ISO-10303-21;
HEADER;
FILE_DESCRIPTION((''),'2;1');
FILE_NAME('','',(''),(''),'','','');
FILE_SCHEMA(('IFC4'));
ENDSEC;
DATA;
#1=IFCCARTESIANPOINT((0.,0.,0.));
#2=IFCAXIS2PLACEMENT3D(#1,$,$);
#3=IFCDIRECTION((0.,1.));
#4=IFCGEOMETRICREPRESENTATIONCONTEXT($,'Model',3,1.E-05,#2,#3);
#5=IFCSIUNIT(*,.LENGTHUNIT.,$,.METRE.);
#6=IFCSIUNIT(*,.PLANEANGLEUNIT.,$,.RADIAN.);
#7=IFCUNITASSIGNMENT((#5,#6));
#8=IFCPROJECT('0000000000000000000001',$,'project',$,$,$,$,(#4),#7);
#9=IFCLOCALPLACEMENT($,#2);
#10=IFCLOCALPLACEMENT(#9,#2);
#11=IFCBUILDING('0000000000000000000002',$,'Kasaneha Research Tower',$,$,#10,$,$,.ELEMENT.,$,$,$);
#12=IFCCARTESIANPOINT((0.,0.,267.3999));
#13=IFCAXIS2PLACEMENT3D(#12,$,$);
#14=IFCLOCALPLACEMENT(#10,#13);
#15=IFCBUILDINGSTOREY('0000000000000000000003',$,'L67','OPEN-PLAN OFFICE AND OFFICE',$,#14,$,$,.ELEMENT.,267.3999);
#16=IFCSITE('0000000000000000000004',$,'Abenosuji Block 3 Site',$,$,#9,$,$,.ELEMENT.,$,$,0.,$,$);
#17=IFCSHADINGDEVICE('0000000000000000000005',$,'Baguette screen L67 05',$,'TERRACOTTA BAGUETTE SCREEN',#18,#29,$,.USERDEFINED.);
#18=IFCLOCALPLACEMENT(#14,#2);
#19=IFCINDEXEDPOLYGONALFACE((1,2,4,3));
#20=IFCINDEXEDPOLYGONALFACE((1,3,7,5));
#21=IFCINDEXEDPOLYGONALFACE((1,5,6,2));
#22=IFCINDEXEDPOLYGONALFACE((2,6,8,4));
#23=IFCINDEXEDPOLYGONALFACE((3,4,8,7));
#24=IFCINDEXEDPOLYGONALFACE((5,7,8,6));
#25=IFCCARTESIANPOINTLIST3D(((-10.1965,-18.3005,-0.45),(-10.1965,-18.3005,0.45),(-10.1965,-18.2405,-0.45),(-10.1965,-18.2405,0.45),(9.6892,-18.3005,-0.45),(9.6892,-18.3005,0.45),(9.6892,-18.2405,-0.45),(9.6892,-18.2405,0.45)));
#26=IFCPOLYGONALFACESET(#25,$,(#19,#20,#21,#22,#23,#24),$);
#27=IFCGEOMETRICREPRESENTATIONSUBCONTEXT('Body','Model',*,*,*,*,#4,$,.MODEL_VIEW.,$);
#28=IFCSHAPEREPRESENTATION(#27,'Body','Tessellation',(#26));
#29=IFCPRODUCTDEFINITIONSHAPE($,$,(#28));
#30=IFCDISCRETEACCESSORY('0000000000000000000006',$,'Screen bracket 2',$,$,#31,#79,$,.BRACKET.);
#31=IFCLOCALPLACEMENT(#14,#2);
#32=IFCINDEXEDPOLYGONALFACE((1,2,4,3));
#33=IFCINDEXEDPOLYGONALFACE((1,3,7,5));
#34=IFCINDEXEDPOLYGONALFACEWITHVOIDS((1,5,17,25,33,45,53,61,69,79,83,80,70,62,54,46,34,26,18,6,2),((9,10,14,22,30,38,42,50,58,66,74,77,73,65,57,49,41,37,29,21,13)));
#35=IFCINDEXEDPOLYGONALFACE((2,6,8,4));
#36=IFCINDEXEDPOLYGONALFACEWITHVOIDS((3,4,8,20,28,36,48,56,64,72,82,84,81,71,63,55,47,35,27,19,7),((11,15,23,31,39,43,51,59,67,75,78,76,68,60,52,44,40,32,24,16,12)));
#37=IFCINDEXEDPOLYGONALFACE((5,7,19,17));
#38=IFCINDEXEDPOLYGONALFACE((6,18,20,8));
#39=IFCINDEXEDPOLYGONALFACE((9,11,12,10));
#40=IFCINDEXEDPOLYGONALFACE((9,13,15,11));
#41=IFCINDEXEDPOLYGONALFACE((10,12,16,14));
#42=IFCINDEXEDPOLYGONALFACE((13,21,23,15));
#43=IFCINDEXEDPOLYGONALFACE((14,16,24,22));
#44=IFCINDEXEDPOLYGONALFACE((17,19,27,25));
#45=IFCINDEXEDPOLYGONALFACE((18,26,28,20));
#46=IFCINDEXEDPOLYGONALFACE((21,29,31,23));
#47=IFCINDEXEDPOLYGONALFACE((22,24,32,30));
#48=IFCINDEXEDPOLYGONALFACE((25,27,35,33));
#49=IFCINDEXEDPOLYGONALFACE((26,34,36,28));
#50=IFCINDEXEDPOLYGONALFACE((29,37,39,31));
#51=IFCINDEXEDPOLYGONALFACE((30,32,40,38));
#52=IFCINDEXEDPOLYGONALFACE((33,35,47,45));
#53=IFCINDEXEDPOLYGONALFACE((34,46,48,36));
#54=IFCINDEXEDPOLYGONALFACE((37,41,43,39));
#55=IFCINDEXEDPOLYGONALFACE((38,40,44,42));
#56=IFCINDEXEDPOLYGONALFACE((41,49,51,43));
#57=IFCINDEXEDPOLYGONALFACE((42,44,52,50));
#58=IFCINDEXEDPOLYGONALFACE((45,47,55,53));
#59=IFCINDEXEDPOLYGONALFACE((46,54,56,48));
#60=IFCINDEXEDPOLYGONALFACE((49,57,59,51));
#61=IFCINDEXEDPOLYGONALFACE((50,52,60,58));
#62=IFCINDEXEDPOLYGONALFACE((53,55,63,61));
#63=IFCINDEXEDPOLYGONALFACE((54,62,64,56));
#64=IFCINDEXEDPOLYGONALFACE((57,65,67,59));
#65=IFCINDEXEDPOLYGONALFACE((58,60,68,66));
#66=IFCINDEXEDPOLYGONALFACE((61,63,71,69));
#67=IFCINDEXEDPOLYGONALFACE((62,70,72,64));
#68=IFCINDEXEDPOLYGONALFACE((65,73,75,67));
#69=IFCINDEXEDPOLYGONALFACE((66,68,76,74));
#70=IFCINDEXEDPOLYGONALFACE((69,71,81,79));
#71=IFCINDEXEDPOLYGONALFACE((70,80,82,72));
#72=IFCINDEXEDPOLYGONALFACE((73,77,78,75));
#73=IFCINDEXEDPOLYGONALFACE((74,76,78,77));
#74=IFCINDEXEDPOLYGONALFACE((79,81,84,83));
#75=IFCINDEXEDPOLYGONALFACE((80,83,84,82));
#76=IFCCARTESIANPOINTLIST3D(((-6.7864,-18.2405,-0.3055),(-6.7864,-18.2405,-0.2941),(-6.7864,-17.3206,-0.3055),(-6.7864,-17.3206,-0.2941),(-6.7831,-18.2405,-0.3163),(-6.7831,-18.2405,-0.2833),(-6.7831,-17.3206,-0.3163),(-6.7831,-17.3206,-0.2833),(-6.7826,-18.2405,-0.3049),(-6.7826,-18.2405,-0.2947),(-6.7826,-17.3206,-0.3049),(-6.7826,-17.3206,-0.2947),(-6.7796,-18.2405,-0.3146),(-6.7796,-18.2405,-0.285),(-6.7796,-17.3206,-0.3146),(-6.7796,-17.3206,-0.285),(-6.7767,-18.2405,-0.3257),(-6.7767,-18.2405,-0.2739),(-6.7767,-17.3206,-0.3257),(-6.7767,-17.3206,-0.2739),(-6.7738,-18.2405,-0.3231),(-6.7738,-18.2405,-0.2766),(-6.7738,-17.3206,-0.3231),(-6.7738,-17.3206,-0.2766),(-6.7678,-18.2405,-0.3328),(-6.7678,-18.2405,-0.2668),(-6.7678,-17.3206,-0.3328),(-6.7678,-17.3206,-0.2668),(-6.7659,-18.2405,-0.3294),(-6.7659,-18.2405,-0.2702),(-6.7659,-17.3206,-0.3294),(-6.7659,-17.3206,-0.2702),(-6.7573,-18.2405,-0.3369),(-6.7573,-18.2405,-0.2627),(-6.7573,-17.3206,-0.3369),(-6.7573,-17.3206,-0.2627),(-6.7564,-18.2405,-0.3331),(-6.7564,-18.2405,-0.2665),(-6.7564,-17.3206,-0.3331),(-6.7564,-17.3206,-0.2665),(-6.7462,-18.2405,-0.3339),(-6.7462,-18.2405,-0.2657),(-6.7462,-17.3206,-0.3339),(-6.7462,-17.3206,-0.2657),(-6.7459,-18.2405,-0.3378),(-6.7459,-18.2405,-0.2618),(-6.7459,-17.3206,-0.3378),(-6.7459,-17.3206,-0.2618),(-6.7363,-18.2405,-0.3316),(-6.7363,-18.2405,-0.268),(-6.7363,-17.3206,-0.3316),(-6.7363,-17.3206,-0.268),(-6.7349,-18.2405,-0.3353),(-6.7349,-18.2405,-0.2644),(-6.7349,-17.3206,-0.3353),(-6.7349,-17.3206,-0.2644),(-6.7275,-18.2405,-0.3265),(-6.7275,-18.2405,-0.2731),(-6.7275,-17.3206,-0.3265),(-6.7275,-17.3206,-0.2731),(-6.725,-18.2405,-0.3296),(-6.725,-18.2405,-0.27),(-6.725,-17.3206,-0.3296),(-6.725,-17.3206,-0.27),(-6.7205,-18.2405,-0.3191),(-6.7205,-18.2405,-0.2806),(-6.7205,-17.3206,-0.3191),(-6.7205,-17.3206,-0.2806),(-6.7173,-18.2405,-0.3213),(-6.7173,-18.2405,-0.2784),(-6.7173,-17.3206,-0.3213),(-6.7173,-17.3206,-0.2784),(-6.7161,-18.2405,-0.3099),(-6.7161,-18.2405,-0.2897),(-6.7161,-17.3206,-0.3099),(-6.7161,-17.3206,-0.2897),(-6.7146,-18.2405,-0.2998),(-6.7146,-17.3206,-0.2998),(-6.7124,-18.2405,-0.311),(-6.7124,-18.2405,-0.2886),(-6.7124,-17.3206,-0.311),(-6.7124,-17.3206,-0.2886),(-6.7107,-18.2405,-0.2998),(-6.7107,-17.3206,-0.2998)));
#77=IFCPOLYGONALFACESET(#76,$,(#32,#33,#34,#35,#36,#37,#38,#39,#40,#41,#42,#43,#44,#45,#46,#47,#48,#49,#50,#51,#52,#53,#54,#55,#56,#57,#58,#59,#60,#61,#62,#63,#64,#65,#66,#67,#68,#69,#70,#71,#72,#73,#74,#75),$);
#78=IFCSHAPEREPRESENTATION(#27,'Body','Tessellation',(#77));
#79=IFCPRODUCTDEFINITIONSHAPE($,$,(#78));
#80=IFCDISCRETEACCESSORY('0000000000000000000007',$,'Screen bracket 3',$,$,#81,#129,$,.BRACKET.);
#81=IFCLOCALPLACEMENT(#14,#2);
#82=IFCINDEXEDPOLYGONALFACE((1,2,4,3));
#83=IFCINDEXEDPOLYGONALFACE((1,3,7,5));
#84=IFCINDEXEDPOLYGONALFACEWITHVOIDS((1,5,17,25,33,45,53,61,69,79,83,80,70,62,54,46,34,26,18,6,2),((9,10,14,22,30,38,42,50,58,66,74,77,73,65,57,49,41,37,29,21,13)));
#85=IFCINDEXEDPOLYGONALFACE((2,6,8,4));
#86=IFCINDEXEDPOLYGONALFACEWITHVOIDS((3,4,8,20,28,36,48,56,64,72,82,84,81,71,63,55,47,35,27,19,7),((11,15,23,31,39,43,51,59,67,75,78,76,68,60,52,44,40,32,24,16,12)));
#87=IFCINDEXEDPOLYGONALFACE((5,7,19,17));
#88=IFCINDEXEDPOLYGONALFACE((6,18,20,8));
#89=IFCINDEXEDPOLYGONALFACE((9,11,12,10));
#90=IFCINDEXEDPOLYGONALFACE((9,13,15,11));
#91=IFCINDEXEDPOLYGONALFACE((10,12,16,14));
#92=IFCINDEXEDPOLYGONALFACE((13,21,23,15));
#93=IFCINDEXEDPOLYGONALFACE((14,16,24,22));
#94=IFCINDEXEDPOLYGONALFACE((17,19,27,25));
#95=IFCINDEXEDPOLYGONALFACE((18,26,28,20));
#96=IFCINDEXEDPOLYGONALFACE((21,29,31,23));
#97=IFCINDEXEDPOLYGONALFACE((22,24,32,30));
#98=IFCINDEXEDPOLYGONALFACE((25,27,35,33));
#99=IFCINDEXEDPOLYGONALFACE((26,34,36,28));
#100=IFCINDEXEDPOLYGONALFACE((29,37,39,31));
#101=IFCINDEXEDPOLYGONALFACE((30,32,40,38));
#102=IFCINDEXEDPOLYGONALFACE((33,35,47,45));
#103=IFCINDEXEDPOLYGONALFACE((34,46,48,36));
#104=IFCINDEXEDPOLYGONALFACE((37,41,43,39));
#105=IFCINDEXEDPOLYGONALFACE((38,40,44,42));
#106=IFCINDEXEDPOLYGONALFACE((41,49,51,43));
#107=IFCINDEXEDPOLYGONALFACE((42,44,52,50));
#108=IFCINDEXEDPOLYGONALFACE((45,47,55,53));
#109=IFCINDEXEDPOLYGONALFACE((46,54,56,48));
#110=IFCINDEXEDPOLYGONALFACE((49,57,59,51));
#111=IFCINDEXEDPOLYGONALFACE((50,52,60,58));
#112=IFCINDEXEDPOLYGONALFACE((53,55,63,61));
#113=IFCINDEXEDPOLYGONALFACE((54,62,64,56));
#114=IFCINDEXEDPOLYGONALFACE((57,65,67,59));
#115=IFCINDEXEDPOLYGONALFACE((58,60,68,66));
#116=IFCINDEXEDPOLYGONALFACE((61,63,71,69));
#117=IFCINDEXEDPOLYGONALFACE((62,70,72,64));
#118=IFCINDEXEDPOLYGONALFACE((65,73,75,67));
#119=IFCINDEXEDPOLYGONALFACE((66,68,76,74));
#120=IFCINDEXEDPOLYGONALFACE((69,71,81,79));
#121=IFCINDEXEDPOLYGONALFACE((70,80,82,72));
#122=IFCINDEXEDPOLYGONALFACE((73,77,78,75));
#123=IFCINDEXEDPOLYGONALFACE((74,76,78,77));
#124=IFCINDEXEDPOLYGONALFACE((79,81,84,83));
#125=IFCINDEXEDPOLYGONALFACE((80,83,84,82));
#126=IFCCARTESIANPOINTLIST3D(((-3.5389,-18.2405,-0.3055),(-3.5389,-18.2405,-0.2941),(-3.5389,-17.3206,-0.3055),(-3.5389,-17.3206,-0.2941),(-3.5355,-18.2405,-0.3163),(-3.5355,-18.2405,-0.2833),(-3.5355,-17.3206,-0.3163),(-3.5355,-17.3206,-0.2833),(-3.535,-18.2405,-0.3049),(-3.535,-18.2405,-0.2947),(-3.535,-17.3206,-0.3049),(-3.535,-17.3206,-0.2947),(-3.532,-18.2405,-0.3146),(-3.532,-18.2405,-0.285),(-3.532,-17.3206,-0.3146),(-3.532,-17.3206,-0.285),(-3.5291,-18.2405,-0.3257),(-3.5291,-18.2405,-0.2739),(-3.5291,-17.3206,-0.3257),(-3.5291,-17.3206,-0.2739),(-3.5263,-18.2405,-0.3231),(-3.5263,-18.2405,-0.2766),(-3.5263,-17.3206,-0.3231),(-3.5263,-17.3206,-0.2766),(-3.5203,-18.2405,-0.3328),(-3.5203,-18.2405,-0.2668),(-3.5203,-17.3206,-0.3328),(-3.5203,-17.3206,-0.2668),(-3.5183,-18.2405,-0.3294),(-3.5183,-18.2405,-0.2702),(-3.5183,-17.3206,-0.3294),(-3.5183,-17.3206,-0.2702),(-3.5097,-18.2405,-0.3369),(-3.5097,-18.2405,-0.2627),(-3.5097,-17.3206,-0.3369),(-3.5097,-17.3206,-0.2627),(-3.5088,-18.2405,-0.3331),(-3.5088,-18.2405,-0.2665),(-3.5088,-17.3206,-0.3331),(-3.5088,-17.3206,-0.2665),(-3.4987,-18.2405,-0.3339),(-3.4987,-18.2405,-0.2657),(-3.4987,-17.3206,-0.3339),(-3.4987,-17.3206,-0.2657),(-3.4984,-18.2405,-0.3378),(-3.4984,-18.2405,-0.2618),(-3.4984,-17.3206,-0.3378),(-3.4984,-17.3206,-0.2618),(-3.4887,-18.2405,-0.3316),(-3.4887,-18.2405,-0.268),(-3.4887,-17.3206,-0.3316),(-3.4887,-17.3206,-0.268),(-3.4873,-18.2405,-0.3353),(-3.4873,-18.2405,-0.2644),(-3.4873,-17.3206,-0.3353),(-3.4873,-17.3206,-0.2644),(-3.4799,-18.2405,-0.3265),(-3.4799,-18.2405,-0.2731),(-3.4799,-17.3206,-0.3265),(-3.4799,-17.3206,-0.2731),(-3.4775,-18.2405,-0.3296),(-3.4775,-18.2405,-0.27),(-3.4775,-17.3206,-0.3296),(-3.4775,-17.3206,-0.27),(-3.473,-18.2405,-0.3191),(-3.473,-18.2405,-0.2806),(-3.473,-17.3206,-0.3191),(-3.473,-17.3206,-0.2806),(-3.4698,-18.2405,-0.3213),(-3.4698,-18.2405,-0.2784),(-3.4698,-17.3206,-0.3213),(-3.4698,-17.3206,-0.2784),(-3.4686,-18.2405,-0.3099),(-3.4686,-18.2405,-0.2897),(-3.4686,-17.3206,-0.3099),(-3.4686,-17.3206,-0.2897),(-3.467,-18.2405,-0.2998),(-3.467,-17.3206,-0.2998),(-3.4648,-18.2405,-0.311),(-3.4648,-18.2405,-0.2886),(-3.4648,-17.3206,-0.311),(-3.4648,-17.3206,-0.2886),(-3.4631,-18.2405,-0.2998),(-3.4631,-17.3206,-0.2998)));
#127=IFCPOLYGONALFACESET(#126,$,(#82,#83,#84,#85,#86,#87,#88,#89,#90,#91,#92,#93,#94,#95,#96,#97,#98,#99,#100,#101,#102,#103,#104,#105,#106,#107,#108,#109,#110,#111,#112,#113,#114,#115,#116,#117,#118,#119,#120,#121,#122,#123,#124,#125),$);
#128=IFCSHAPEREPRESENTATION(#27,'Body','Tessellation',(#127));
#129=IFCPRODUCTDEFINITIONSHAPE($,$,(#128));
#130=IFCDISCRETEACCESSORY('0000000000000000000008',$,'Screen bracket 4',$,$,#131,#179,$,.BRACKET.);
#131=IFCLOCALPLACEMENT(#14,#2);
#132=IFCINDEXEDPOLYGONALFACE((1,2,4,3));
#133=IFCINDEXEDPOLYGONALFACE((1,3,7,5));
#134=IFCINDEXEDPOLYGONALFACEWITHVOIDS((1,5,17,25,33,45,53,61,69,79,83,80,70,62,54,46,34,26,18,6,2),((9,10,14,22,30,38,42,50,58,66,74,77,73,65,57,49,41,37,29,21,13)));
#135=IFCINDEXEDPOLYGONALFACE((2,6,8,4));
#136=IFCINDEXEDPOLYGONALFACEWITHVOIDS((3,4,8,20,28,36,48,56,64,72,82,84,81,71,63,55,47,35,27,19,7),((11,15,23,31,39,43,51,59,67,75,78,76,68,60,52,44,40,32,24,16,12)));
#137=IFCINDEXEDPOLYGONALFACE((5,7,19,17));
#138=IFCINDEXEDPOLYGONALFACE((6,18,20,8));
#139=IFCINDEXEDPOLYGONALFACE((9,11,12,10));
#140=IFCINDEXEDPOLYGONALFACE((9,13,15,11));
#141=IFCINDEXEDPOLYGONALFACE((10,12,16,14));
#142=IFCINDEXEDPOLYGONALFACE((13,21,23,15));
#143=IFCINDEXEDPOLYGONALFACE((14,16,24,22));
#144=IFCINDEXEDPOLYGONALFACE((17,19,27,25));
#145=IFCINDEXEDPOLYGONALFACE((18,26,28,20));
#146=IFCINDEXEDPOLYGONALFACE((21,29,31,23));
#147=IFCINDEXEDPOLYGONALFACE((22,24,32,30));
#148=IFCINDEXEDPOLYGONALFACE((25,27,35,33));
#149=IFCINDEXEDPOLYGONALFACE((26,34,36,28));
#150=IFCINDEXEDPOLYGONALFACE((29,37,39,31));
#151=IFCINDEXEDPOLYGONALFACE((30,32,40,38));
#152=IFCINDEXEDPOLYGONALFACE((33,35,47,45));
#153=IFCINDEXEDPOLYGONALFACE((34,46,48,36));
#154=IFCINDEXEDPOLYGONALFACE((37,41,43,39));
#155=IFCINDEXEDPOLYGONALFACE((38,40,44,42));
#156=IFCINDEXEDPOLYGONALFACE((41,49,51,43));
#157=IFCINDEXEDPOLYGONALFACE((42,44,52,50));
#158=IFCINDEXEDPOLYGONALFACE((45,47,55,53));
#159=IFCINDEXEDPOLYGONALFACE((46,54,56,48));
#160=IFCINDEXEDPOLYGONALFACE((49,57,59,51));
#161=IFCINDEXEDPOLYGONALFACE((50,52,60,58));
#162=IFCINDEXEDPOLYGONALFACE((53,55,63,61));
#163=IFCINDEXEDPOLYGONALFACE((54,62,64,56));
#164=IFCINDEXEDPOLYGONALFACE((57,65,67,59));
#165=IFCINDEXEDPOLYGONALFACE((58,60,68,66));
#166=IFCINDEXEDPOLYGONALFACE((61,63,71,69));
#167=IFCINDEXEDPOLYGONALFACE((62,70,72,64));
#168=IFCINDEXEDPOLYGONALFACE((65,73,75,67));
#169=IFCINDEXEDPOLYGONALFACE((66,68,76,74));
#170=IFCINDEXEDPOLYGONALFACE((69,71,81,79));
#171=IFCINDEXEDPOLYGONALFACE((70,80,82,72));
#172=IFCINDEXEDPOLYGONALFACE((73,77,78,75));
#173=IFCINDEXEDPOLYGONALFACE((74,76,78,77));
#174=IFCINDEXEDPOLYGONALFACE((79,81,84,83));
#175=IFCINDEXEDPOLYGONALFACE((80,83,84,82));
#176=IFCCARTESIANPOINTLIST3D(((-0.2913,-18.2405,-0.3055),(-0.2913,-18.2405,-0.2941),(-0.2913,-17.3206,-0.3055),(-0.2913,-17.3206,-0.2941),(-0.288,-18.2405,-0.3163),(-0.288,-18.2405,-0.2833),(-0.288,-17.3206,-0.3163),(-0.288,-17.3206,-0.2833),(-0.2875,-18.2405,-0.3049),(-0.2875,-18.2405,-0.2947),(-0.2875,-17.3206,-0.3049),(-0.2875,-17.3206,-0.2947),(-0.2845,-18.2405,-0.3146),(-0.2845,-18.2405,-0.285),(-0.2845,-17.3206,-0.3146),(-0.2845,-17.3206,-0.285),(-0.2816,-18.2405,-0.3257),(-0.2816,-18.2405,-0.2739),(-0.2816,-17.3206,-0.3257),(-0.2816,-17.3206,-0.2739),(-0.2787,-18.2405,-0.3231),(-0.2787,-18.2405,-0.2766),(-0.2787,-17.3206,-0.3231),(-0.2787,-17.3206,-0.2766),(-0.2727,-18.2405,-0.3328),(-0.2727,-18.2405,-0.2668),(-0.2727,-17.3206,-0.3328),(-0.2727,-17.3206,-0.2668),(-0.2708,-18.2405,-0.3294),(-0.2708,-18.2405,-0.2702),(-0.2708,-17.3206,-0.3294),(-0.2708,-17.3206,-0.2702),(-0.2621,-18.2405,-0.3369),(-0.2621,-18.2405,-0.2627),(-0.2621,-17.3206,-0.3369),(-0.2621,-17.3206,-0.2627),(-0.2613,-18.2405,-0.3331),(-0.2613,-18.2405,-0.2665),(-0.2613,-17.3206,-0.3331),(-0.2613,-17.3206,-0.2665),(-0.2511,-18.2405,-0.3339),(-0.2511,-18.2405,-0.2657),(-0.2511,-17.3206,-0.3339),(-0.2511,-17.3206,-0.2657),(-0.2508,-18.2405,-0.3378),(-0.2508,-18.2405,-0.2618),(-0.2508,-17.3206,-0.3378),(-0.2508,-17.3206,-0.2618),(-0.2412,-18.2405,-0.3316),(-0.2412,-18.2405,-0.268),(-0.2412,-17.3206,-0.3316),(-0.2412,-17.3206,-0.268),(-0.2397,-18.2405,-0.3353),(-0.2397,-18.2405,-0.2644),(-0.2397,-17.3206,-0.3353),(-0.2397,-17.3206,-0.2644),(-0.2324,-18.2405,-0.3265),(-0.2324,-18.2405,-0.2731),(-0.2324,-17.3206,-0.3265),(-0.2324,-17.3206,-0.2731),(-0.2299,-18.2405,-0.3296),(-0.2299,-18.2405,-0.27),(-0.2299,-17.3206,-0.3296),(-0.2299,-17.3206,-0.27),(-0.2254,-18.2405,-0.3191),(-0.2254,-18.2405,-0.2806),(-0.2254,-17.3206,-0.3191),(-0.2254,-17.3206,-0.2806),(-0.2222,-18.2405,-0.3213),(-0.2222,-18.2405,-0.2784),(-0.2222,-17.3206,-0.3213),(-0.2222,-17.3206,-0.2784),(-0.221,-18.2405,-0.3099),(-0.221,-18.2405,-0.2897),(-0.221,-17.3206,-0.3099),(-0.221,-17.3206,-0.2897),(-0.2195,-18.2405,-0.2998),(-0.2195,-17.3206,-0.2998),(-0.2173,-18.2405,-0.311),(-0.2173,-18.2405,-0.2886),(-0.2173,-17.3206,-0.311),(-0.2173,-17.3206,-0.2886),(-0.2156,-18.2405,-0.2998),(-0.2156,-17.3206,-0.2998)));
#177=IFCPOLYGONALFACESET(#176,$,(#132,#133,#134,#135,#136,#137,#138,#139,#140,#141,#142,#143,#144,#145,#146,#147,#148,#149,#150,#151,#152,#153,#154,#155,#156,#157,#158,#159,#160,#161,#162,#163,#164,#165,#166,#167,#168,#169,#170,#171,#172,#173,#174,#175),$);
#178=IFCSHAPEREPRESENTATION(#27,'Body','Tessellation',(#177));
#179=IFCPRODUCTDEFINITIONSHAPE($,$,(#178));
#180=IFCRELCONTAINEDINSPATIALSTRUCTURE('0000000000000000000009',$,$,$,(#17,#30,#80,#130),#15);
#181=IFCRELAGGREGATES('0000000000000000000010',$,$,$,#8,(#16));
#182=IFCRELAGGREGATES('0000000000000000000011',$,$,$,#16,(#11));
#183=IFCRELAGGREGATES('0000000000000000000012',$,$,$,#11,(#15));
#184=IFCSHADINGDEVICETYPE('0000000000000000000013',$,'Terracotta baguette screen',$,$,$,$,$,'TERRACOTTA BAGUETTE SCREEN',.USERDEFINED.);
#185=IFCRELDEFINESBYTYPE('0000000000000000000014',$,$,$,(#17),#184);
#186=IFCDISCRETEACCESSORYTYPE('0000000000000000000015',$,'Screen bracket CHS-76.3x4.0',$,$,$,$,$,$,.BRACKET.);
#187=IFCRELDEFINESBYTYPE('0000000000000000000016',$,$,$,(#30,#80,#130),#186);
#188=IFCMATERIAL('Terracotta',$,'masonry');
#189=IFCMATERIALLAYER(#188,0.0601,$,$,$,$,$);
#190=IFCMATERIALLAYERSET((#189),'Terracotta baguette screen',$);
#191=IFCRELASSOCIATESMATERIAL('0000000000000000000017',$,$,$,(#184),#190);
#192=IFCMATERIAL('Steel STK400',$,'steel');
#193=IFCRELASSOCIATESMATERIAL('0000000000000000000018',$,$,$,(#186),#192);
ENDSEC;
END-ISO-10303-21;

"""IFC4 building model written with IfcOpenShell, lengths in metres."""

from ifc_helpers import new_model, si_unit, direction, frame, origin, origin_2d, place, context, subcontext, project, spatial, rectangle, hollow_circle, extrude, material, layer, layer_set, material_profile, profile_set, type_object, element, save


model = new_model("IFC4")

# Units and contexts
model_context = context("Model", 3, precision=1e-05, world=origin(), true_north=direction((0.0, 1.0)))
body_context = subcontext(model_context, "Body", "Model", "MODEL_VIEW")
ifc_project = project(units=[si_unit("LENGTHUNIT", "METRE"), si_unit("PLANEANGLEUNIT", "RADIAN")], contexts=[model_context])

# Site, building, storey
site_placement = place(None, origin())
site = spatial("IfcSite", under=ifc_project, at=site_placement, Name="Abenosuji Block 3 Site", CompositionType="ELEMENT", RefElevation=0.0)
building_placement = place(site_placement, origin())
building = spatial("IfcBuilding", under=site, at=building_placement, Name="Kasaneha Research Tower", CompositionType="ELEMENT")
storey_placement = place(building_placement, frame((0.0, 0.0, 267.3999)))
storey = spatial("IfcBuildingStorey", under=building, at=storey_placement, Name="L67", Description="OPEN-PLAN OFFICE AND OFFICE", CompositionType="ELEMENT", Elevation=267.3999)

# Shading device
ifc_material_1 = material(Name="Terracotta", Category="masonry")
ifc_layer_1 = layer(ifc_material_1, 0.0601)
ifc_layer_set_1 = layer_set([ifc_layer_1], Name="Terracotta baguette screen")
shading_device_type = type_object("IfcShadingDeviceType", Name="Terracotta baguette screen", ElementType="TERRACOTTA BAGUETTE SCREEN", PredefinedType="USERDEFINED", material=ifc_layer_set_1)
shading_device_placement = place(storey_placement, frame((-0.2537, -18.2705, -0.45), z_axis=(0.0, 0.0, 1.0), x_axis=(1.0, 0.0, 0.0)))
element("IfcShadingDevice", 1, at=shading_device_placement, inside=storey, type_object=shading_device_type, Name="Baguette screen L67 05", ObjectType="TERRACOTTA BAGUETTE SCREEN", PredefinedType="USERDEFINED", context=body_context, shape_type="SweptSolid", body=[
    extrude(rectangle(XDim=19.8857, YDim=0.0601, at=origin_2d()), origin(), (0.0, 0.0, 1.0), 0.8999),
])

# Discrete accessories
ifc_material_2 = material(Name="Steel STK400", Category="steel")
ifc_material_profile_1 = material_profile(ifc_material_2, hollow_circle(Radius=0.0381, WallThickness=0.0039, at=origin_2d()), Name="CHS-76.3x4.0")
ifc_profile_set_1 = profile_set([ifc_material_profile_1], Name="Steel STK400")
discrete_accessory_type = type_object("IfcDiscreteAccessoryType", Name="Screen bracket CHS-76.3x4.0", PredefinedType="BRACKET", material=ifc_profile_set_1)
for number, where, z_axis, x_axis, name in (
    (2, (-6.7488, -17.3206, -0.2998), (0.0, -1.0, 0.0), (1.0, 0.0, 0.0), "Screen bracket 2"),
    (3, (-3.5012, -17.3206, -0.2998), (0.0, -1.0, 0.0), (1.0, 0.0, 0.0), "Screen bracket 3"),
    (4, (-0.2537, -17.3206, -0.2998), (0.0, -1.0, 0.0), (1.0, 0.0, 0.0), "Screen bracket 4"),
):
    element("IfcDiscreteAccessory", number, at=place(storey_placement, frame(where, z_axis=z_axis, x_axis=x_axis)), inside=storey, type_object=discrete_accessory_type, Name=name, PredefinedType="BRACKET", context=body_context, shape_type="SweptSolid", body=[
        extrude(hollow_circle(Radius=0.0381, WallThickness=0.0039, at=origin_2d()), origin(), (0.0, 0.0, 1.0), 0.9199),
    ])

save(model, "model.ifc")
